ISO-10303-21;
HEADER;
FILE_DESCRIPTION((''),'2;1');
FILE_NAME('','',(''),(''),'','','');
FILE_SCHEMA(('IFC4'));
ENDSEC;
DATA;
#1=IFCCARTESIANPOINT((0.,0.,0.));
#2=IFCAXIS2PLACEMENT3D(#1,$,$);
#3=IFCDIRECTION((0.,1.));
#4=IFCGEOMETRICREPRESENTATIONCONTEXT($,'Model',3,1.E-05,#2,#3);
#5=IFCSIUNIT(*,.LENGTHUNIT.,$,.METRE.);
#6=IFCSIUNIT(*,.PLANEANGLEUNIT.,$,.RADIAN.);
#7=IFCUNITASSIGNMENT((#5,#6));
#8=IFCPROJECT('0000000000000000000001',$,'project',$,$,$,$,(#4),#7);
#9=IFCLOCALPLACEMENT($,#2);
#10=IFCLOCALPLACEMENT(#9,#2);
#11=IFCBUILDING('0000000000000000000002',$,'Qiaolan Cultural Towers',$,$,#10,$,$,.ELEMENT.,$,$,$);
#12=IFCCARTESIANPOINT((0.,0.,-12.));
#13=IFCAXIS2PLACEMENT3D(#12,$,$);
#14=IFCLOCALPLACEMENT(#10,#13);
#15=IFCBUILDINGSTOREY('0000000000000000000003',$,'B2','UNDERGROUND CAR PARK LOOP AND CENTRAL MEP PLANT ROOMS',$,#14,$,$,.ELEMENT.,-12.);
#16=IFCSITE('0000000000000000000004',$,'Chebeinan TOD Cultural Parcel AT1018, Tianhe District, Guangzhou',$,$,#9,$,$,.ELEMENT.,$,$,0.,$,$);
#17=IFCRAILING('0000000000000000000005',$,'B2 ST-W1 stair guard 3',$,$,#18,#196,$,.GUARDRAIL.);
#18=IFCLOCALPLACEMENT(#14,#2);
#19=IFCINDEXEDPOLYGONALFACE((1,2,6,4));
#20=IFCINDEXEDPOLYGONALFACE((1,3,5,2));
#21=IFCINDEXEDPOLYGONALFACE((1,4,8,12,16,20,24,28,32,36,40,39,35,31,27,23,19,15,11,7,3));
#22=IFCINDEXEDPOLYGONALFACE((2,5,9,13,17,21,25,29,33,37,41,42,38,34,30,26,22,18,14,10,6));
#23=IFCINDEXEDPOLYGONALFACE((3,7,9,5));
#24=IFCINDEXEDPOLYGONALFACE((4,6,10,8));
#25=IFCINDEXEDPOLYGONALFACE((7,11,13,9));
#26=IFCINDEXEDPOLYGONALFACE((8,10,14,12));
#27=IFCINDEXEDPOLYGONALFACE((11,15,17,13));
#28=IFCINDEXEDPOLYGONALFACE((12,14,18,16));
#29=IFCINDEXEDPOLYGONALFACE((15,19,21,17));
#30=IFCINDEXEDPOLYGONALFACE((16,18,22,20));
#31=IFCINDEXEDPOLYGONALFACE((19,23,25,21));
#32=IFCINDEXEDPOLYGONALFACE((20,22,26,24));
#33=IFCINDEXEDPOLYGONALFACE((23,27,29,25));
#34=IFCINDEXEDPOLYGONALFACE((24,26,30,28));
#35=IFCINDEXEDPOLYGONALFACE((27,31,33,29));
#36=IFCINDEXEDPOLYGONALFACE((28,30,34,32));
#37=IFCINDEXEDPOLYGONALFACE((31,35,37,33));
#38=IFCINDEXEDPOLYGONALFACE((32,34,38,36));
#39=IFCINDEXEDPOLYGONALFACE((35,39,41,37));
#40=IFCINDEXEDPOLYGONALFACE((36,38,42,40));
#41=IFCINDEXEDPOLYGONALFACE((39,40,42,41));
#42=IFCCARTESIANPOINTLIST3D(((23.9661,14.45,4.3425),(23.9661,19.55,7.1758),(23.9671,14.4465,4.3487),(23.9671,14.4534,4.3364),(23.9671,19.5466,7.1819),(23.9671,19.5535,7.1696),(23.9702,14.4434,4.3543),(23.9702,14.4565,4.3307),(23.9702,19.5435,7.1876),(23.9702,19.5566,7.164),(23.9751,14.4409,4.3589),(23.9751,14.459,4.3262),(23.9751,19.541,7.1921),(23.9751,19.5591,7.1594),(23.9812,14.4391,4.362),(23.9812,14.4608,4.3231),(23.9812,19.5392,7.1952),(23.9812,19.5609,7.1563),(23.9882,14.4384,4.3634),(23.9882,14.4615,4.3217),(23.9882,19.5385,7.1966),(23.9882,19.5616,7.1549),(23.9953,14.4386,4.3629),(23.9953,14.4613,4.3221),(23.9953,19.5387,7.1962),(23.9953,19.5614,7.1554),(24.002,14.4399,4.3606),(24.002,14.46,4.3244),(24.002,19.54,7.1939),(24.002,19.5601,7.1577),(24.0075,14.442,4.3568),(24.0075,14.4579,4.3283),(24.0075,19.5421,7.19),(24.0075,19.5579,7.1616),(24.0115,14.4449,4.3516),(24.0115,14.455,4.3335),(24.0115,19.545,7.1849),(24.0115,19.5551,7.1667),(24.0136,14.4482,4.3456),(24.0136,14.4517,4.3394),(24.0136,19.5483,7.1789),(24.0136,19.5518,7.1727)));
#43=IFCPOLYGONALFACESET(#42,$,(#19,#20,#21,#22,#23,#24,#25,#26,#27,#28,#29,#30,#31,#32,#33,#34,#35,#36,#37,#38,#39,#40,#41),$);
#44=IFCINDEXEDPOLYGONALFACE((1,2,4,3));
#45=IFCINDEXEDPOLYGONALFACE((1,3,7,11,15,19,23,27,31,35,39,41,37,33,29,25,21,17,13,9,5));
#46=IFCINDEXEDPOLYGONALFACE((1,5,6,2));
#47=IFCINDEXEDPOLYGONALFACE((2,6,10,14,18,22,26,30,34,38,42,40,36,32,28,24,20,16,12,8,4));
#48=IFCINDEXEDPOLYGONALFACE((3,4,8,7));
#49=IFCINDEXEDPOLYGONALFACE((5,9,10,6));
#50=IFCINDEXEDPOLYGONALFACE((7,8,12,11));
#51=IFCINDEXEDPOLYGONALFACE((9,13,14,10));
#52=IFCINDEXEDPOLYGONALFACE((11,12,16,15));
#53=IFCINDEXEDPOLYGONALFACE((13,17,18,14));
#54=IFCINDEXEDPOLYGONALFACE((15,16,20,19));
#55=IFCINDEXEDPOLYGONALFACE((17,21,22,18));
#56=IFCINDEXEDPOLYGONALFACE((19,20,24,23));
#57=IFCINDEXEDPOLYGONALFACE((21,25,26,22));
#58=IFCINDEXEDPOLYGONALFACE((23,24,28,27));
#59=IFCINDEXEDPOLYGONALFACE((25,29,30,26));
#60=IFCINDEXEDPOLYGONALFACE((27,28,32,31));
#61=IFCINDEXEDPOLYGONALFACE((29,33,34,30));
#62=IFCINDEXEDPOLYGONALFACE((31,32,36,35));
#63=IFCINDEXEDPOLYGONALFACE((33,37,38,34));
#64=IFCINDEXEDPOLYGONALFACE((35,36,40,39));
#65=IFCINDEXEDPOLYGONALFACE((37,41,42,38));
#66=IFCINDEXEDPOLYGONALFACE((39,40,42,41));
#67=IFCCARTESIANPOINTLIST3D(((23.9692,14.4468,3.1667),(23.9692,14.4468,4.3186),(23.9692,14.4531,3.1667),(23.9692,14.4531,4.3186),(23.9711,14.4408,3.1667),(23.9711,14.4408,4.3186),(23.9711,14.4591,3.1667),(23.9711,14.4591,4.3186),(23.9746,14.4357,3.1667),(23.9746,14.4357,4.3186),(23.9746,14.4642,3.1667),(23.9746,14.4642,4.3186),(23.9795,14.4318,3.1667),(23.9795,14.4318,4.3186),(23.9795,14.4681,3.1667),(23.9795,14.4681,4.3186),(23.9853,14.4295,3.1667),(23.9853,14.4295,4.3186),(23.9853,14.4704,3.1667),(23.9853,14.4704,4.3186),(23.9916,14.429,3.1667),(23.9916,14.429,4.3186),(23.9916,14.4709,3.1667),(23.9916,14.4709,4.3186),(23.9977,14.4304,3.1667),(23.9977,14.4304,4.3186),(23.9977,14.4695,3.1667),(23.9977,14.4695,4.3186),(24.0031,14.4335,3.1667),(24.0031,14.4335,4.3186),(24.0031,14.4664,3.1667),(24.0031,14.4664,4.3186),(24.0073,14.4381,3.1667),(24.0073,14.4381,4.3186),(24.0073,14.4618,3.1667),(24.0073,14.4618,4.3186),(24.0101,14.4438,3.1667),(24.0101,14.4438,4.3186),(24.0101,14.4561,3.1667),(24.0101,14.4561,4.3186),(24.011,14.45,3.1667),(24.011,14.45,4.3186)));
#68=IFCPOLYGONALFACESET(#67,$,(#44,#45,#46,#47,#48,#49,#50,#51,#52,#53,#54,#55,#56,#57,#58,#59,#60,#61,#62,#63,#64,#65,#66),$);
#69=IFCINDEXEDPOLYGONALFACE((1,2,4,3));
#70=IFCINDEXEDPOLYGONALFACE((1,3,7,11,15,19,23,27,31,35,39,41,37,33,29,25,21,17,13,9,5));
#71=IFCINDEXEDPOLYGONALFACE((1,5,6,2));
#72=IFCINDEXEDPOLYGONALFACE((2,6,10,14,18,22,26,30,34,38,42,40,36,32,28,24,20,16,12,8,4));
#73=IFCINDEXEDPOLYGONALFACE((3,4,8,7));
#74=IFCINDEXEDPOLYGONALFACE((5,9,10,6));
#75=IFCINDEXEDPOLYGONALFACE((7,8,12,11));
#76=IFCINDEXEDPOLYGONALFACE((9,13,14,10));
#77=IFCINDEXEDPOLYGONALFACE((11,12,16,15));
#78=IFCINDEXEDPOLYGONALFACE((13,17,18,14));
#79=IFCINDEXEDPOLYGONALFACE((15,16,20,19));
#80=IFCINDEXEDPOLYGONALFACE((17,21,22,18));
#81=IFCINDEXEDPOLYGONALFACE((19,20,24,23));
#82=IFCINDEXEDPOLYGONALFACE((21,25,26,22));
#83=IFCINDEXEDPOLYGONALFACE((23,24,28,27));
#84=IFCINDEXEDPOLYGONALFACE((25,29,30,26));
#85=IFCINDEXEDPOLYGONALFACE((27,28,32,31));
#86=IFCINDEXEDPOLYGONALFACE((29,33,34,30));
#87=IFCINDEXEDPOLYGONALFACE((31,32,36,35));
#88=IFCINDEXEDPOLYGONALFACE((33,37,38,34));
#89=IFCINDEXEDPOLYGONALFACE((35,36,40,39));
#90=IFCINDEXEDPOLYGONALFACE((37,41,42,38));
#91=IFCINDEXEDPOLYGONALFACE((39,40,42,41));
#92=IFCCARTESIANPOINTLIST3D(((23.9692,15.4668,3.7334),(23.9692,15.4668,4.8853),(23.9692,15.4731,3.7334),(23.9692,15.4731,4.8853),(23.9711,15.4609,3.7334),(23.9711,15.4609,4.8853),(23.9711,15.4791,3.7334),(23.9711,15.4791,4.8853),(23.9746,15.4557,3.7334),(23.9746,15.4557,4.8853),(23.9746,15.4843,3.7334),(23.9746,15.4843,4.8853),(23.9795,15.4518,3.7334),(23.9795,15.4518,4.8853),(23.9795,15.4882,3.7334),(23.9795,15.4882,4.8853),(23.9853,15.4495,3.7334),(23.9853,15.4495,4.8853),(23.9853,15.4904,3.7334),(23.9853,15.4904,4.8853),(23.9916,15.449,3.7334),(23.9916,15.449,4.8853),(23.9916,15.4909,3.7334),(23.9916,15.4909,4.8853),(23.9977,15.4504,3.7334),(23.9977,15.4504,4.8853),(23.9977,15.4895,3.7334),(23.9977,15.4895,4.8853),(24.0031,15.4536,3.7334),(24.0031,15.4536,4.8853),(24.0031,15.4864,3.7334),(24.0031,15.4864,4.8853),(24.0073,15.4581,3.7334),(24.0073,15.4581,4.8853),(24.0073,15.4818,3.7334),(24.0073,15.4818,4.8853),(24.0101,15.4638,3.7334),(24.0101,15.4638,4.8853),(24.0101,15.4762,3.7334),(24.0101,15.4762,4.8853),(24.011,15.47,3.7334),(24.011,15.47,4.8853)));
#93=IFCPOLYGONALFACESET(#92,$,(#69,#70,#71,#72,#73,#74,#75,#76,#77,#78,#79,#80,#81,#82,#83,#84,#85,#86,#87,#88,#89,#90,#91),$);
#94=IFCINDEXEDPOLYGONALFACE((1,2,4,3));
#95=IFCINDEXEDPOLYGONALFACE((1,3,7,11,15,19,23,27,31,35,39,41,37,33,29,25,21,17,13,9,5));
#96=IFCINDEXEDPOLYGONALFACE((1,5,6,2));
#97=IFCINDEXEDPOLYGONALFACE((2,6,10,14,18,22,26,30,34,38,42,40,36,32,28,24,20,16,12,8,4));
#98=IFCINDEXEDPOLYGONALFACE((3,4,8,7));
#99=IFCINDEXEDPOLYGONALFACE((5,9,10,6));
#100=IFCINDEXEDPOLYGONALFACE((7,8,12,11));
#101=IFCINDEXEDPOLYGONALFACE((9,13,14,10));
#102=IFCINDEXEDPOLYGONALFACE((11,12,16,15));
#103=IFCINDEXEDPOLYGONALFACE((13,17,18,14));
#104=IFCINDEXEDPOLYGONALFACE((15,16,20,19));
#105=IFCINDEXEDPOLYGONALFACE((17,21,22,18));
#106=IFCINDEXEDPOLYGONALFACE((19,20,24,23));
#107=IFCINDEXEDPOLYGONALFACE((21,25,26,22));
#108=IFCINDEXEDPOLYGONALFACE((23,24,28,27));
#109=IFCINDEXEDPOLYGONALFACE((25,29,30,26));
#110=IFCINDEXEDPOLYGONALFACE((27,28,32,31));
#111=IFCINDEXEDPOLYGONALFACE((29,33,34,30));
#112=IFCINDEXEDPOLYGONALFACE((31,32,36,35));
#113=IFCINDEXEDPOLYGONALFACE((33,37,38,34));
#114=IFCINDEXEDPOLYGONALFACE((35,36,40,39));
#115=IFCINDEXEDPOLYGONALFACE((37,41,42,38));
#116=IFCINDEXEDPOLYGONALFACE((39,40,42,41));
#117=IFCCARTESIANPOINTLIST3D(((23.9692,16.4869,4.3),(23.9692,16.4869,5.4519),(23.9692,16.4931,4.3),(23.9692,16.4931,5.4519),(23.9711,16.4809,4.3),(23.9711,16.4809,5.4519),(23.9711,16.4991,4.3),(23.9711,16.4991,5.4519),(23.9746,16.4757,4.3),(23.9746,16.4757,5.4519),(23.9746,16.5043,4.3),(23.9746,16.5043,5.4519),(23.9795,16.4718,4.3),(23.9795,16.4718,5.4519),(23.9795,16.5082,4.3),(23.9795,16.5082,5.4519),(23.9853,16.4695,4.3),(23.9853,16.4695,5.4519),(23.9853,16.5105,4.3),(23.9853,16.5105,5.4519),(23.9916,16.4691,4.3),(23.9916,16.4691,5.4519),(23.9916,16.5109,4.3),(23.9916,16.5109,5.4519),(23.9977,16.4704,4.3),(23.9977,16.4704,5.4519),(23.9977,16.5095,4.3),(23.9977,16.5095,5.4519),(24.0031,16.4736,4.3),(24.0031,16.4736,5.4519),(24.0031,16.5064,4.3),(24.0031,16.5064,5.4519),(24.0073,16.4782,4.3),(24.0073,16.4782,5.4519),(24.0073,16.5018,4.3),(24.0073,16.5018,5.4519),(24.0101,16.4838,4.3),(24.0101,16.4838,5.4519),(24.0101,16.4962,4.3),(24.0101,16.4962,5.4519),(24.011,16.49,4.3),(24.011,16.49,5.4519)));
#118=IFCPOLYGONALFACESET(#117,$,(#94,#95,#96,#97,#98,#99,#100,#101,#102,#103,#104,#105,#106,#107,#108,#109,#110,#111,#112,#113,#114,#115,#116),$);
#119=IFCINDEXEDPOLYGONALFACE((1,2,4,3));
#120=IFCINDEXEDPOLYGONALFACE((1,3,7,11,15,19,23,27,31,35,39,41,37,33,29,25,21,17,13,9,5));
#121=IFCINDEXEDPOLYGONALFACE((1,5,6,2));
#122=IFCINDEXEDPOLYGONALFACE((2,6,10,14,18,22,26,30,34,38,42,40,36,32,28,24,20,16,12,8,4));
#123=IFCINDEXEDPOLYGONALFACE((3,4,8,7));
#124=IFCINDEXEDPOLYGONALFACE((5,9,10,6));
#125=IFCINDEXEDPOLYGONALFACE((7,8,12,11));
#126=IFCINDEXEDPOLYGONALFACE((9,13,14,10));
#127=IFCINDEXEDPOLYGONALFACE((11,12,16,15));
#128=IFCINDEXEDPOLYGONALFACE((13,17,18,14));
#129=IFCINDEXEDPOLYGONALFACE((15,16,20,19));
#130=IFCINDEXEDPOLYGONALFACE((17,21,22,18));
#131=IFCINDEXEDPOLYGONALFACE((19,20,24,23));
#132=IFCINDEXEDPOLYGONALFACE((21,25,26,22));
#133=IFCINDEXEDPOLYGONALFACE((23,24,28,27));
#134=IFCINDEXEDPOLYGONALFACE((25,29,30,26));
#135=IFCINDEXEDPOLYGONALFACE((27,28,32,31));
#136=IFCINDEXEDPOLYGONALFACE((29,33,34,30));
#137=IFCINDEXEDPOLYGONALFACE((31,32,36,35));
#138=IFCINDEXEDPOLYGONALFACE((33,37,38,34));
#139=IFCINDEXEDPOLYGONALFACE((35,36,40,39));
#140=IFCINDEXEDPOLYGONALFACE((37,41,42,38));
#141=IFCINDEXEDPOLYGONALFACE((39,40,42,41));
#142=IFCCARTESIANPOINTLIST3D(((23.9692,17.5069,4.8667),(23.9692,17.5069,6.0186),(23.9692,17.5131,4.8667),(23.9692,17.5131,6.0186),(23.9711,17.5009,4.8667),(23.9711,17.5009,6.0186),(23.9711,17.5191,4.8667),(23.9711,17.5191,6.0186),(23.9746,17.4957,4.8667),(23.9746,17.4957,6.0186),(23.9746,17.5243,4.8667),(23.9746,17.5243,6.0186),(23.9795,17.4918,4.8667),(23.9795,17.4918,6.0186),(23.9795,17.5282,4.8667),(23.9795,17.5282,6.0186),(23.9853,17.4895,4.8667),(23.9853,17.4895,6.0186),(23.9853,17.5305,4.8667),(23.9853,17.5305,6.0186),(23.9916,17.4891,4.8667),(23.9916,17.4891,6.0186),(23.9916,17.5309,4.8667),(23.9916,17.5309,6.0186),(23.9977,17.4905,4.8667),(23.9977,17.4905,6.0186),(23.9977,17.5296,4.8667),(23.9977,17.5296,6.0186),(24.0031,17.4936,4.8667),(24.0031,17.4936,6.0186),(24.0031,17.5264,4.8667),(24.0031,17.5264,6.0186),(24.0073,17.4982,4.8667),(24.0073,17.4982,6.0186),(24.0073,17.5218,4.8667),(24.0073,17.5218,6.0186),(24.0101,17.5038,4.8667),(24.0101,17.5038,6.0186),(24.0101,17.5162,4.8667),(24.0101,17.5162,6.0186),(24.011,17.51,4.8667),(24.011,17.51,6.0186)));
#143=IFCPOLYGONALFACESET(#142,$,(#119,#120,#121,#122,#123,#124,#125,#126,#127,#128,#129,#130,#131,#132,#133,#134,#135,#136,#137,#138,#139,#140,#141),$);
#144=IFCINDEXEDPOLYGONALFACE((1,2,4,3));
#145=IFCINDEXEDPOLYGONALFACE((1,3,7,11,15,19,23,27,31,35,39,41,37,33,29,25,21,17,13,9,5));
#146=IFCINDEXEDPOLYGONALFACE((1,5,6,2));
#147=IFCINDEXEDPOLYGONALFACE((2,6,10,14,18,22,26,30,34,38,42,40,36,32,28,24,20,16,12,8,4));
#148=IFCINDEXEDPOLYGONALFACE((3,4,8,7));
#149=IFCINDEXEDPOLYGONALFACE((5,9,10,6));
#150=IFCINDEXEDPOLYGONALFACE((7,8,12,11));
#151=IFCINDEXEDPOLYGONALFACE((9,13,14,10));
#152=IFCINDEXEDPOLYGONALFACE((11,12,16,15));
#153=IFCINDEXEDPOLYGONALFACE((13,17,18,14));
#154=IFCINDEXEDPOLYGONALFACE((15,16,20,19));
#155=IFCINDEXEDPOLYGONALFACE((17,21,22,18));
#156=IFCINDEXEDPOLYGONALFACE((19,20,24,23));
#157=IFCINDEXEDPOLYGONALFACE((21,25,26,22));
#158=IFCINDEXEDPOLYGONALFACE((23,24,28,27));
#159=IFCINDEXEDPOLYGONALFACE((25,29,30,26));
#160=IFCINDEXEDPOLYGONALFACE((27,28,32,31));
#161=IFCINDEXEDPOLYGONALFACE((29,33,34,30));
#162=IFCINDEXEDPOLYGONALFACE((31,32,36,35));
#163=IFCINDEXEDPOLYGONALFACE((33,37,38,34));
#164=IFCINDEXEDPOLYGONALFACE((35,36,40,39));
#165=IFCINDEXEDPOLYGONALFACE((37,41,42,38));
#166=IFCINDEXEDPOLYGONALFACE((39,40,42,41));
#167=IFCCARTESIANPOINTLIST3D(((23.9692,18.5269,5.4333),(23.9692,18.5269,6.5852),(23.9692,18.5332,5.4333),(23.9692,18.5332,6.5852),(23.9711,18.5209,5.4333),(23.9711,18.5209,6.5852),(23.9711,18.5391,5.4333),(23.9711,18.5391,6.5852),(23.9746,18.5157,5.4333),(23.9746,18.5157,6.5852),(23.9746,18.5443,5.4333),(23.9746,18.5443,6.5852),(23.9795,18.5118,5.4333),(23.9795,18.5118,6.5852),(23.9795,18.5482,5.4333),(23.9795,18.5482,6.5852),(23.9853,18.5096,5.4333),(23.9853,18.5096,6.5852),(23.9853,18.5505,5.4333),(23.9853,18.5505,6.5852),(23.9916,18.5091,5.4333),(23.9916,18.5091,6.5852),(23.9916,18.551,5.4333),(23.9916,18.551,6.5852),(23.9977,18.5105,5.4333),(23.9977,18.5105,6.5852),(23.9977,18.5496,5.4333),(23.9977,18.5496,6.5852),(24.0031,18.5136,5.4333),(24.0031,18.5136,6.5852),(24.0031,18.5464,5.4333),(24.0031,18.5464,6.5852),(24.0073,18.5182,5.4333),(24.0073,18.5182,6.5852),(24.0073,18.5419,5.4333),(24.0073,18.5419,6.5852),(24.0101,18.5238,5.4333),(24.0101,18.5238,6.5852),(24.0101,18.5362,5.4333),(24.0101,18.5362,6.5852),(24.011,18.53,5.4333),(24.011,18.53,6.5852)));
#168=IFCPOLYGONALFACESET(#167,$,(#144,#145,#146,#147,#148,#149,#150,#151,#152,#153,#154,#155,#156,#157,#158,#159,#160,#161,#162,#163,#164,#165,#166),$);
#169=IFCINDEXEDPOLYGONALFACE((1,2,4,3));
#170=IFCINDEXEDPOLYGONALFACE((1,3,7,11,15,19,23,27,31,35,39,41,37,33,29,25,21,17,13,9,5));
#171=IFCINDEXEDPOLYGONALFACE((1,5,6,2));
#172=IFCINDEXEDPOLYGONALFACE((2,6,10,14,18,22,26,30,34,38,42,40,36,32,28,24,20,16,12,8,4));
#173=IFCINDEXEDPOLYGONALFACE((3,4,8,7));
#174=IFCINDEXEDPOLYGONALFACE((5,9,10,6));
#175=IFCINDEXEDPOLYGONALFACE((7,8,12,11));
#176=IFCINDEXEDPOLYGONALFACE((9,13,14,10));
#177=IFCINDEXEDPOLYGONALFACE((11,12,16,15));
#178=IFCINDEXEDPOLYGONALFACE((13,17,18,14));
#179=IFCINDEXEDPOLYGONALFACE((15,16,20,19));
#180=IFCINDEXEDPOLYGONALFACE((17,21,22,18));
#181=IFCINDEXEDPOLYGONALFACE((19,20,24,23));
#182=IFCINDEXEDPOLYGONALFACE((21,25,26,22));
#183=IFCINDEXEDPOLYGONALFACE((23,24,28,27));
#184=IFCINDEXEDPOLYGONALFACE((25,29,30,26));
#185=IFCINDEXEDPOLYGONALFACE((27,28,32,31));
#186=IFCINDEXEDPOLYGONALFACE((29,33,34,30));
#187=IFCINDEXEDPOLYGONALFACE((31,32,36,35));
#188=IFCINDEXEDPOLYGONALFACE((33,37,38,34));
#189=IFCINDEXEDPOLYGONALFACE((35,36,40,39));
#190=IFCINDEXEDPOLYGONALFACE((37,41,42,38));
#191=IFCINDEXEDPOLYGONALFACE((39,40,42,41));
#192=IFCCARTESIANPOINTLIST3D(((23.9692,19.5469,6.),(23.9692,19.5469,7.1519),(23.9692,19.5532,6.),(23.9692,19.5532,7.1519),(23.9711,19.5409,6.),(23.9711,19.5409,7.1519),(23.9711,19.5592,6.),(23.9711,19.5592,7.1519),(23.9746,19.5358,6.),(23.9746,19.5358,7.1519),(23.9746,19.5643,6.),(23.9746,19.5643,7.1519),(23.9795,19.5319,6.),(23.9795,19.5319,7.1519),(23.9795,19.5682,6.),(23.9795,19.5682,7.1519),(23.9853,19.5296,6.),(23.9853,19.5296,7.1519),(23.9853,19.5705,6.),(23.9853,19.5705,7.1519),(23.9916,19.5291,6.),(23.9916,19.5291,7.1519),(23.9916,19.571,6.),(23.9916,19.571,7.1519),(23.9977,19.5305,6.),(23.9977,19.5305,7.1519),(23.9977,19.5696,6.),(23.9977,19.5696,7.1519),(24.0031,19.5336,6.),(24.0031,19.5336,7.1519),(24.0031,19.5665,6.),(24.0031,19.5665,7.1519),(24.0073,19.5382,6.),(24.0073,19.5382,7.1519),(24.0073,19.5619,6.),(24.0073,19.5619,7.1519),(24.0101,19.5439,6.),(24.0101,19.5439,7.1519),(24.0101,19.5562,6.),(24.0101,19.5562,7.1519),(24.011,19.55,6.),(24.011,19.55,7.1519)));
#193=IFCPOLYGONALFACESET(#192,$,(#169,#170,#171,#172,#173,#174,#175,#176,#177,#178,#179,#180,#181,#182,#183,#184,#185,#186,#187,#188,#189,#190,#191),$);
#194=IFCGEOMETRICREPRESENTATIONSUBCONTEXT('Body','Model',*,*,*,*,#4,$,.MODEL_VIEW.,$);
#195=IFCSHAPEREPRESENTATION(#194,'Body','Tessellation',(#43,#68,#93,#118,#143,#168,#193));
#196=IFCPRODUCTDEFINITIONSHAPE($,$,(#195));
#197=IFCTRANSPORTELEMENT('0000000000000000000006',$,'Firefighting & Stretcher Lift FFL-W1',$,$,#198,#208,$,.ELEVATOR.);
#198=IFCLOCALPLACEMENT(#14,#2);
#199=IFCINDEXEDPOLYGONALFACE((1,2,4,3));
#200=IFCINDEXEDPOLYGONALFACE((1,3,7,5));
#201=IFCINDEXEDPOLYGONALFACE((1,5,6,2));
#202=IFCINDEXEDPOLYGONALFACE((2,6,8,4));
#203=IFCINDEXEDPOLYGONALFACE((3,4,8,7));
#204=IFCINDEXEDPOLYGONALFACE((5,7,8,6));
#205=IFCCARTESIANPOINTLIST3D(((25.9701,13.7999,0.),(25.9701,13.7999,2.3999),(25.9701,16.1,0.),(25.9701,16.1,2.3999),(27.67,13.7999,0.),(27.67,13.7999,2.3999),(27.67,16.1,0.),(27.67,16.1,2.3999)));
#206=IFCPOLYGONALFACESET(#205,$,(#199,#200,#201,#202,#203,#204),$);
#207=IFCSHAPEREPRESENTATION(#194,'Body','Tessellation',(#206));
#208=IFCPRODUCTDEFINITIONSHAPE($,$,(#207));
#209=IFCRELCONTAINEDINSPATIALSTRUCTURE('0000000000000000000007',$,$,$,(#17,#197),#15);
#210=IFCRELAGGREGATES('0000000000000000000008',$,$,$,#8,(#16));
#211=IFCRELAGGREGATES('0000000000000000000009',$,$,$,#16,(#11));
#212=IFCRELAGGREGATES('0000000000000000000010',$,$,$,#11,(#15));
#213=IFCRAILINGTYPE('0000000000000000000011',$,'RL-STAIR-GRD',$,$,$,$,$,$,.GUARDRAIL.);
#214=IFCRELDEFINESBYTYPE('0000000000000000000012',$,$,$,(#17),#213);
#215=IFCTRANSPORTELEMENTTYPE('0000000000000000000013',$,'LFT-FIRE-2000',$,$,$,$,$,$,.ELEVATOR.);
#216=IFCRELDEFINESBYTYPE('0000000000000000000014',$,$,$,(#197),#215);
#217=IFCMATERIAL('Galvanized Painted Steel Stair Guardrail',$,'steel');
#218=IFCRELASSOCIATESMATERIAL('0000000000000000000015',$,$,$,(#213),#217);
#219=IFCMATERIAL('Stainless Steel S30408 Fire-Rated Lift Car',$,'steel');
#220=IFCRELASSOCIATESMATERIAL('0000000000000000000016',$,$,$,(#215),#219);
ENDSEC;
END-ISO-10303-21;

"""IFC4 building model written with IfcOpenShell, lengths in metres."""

from ifc_helpers import new_model, si_unit, direction, frame, origin, origin_2d, place, context, subcontext, project, spatial, rectangle, circle, extrude, material, type_object, element, save


model = new_model("IFC4")

# Units and contexts
model_context = context("Model", 3, precision=1e-05, world=origin(), true_north=direction((0.0, 1.0)))
body_context = subcontext(model_context, "Body", "Model", "MODEL_VIEW")
ifc_project = project(units=[si_unit("LENGTHUNIT", "METRE"), si_unit("PLANEANGLEUNIT", "RADIAN")], contexts=[model_context])

# Site, building, storey
site_placement = place(None, origin())
site = spatial("IfcSite", under=ifc_project, at=site_placement, Name="Chebeinan TOD Cultural Parcel AT1018, Tianhe District, Guangzhou", CompositionType="ELEMENT", RefElevation=0.0)
building_placement = place(site_placement, origin())
building = spatial("IfcBuilding", under=site, at=building_placement, Name="Qiaolan Cultural Towers", CompositionType="ELEMENT")
storey_placement = place(building_placement, frame((0.0, 0.0, -12.0)))
storey = spatial("IfcBuildingStorey", under=building, at=storey_placement, Name="B2", Description="UNDERGROUND CAR PARK LOOP AND CENTRAL MEP PLANT ROOMS", CompositionType="ELEMENT", Elevation=-12.0)

# Railing
ifc_material_1 = material(Name="Galvanized Painted Steel Stair Guardrail", Category="steel")
railing_type_1 = type_object("IfcRailingType", Name="RL-STAIR-GRD", PredefinedType="GUARDRAIL", material=ifc_material_1)
railing_1_placement = place(storey_placement, frame((23.99, 14.45, 3.1667)))
element("IfcRailing", 1, at=railing_1_placement, inside=storey, type_object=railing_type_1, Name="B2 ST-W1 stair guard 3", PredefinedType="GUARDRAIL", context=body_context, shape_type="SweptSolid", body=[
    extrude(circle(Radius=0.0239, at=origin_2d()), frame((0.0, 0.0, 1.1758), z_axis=(0.0, 0.874167, 0.485625), x_axis=(-1.0, 0.0, 0.0)), (0.0, 0.0, 1.0), 5.8342),
    extrude(circle(Radius=0.021, at=origin_2d()), origin(), (0.0, 0.0, 1.0), 1.1519),
    extrude(circle(Radius=0.021, at=origin_2d()), frame((0.0, 1.02, 0.5667)), (0.0, 0.0, 1.0), 1.1519),
    extrude(circle(Radius=0.021, at=origin_2d()), frame((0.0, 2.04, 1.1333)), (0.0, 0.0, 1.0), 1.1519),
    extrude(circle(Radius=0.021, at=origin_2d()), frame((0.0, 3.0601, 1.7)), (0.0, 0.0, 1.0), 1.1519),
    extrude(circle(Radius=0.021, at=origin_2d()), frame((0.0, 4.0801, 2.2666)), (0.0, 0.0, 1.0), 1.1519),
    extrude(circle(Radius=0.021, at=origin_2d()), frame((0.0, 5.1001, 2.8333)), (0.0, 0.0, 1.0), 1.1519),
])

# Transport element
ifc_material_2 = material(Name="Stainless Steel S30408 Fire-Rated Lift Car", Category="steel")
transport_element_type = type_object("IfcTransportElementType", Name="LFT-FIRE-2000", PredefinedType="ELEVATOR", material=ifc_material_2)
transport_element_placement = place(storey_placement, frame((26.8201, 14.95, 0.0), z_axis=(0.0, 0.0, 1.0), x_axis=(1.0, 0.0, 0.0)))
element("IfcTransportElement", 2, at=transport_element_placement, inside=storey, type_object=transport_element_type, Name="Firefighting & Stretcher Lift FFL-W1", PredefinedType="ELEVATOR", context=body_context, shape_type="SweptSolid", body=[
    extrude(rectangle(XDim=1.7, YDim=2.3, at=origin_2d()), origin(), (0.0, 0.0, 1.0), 2.3999),
])

save(model, "model.ifc")
